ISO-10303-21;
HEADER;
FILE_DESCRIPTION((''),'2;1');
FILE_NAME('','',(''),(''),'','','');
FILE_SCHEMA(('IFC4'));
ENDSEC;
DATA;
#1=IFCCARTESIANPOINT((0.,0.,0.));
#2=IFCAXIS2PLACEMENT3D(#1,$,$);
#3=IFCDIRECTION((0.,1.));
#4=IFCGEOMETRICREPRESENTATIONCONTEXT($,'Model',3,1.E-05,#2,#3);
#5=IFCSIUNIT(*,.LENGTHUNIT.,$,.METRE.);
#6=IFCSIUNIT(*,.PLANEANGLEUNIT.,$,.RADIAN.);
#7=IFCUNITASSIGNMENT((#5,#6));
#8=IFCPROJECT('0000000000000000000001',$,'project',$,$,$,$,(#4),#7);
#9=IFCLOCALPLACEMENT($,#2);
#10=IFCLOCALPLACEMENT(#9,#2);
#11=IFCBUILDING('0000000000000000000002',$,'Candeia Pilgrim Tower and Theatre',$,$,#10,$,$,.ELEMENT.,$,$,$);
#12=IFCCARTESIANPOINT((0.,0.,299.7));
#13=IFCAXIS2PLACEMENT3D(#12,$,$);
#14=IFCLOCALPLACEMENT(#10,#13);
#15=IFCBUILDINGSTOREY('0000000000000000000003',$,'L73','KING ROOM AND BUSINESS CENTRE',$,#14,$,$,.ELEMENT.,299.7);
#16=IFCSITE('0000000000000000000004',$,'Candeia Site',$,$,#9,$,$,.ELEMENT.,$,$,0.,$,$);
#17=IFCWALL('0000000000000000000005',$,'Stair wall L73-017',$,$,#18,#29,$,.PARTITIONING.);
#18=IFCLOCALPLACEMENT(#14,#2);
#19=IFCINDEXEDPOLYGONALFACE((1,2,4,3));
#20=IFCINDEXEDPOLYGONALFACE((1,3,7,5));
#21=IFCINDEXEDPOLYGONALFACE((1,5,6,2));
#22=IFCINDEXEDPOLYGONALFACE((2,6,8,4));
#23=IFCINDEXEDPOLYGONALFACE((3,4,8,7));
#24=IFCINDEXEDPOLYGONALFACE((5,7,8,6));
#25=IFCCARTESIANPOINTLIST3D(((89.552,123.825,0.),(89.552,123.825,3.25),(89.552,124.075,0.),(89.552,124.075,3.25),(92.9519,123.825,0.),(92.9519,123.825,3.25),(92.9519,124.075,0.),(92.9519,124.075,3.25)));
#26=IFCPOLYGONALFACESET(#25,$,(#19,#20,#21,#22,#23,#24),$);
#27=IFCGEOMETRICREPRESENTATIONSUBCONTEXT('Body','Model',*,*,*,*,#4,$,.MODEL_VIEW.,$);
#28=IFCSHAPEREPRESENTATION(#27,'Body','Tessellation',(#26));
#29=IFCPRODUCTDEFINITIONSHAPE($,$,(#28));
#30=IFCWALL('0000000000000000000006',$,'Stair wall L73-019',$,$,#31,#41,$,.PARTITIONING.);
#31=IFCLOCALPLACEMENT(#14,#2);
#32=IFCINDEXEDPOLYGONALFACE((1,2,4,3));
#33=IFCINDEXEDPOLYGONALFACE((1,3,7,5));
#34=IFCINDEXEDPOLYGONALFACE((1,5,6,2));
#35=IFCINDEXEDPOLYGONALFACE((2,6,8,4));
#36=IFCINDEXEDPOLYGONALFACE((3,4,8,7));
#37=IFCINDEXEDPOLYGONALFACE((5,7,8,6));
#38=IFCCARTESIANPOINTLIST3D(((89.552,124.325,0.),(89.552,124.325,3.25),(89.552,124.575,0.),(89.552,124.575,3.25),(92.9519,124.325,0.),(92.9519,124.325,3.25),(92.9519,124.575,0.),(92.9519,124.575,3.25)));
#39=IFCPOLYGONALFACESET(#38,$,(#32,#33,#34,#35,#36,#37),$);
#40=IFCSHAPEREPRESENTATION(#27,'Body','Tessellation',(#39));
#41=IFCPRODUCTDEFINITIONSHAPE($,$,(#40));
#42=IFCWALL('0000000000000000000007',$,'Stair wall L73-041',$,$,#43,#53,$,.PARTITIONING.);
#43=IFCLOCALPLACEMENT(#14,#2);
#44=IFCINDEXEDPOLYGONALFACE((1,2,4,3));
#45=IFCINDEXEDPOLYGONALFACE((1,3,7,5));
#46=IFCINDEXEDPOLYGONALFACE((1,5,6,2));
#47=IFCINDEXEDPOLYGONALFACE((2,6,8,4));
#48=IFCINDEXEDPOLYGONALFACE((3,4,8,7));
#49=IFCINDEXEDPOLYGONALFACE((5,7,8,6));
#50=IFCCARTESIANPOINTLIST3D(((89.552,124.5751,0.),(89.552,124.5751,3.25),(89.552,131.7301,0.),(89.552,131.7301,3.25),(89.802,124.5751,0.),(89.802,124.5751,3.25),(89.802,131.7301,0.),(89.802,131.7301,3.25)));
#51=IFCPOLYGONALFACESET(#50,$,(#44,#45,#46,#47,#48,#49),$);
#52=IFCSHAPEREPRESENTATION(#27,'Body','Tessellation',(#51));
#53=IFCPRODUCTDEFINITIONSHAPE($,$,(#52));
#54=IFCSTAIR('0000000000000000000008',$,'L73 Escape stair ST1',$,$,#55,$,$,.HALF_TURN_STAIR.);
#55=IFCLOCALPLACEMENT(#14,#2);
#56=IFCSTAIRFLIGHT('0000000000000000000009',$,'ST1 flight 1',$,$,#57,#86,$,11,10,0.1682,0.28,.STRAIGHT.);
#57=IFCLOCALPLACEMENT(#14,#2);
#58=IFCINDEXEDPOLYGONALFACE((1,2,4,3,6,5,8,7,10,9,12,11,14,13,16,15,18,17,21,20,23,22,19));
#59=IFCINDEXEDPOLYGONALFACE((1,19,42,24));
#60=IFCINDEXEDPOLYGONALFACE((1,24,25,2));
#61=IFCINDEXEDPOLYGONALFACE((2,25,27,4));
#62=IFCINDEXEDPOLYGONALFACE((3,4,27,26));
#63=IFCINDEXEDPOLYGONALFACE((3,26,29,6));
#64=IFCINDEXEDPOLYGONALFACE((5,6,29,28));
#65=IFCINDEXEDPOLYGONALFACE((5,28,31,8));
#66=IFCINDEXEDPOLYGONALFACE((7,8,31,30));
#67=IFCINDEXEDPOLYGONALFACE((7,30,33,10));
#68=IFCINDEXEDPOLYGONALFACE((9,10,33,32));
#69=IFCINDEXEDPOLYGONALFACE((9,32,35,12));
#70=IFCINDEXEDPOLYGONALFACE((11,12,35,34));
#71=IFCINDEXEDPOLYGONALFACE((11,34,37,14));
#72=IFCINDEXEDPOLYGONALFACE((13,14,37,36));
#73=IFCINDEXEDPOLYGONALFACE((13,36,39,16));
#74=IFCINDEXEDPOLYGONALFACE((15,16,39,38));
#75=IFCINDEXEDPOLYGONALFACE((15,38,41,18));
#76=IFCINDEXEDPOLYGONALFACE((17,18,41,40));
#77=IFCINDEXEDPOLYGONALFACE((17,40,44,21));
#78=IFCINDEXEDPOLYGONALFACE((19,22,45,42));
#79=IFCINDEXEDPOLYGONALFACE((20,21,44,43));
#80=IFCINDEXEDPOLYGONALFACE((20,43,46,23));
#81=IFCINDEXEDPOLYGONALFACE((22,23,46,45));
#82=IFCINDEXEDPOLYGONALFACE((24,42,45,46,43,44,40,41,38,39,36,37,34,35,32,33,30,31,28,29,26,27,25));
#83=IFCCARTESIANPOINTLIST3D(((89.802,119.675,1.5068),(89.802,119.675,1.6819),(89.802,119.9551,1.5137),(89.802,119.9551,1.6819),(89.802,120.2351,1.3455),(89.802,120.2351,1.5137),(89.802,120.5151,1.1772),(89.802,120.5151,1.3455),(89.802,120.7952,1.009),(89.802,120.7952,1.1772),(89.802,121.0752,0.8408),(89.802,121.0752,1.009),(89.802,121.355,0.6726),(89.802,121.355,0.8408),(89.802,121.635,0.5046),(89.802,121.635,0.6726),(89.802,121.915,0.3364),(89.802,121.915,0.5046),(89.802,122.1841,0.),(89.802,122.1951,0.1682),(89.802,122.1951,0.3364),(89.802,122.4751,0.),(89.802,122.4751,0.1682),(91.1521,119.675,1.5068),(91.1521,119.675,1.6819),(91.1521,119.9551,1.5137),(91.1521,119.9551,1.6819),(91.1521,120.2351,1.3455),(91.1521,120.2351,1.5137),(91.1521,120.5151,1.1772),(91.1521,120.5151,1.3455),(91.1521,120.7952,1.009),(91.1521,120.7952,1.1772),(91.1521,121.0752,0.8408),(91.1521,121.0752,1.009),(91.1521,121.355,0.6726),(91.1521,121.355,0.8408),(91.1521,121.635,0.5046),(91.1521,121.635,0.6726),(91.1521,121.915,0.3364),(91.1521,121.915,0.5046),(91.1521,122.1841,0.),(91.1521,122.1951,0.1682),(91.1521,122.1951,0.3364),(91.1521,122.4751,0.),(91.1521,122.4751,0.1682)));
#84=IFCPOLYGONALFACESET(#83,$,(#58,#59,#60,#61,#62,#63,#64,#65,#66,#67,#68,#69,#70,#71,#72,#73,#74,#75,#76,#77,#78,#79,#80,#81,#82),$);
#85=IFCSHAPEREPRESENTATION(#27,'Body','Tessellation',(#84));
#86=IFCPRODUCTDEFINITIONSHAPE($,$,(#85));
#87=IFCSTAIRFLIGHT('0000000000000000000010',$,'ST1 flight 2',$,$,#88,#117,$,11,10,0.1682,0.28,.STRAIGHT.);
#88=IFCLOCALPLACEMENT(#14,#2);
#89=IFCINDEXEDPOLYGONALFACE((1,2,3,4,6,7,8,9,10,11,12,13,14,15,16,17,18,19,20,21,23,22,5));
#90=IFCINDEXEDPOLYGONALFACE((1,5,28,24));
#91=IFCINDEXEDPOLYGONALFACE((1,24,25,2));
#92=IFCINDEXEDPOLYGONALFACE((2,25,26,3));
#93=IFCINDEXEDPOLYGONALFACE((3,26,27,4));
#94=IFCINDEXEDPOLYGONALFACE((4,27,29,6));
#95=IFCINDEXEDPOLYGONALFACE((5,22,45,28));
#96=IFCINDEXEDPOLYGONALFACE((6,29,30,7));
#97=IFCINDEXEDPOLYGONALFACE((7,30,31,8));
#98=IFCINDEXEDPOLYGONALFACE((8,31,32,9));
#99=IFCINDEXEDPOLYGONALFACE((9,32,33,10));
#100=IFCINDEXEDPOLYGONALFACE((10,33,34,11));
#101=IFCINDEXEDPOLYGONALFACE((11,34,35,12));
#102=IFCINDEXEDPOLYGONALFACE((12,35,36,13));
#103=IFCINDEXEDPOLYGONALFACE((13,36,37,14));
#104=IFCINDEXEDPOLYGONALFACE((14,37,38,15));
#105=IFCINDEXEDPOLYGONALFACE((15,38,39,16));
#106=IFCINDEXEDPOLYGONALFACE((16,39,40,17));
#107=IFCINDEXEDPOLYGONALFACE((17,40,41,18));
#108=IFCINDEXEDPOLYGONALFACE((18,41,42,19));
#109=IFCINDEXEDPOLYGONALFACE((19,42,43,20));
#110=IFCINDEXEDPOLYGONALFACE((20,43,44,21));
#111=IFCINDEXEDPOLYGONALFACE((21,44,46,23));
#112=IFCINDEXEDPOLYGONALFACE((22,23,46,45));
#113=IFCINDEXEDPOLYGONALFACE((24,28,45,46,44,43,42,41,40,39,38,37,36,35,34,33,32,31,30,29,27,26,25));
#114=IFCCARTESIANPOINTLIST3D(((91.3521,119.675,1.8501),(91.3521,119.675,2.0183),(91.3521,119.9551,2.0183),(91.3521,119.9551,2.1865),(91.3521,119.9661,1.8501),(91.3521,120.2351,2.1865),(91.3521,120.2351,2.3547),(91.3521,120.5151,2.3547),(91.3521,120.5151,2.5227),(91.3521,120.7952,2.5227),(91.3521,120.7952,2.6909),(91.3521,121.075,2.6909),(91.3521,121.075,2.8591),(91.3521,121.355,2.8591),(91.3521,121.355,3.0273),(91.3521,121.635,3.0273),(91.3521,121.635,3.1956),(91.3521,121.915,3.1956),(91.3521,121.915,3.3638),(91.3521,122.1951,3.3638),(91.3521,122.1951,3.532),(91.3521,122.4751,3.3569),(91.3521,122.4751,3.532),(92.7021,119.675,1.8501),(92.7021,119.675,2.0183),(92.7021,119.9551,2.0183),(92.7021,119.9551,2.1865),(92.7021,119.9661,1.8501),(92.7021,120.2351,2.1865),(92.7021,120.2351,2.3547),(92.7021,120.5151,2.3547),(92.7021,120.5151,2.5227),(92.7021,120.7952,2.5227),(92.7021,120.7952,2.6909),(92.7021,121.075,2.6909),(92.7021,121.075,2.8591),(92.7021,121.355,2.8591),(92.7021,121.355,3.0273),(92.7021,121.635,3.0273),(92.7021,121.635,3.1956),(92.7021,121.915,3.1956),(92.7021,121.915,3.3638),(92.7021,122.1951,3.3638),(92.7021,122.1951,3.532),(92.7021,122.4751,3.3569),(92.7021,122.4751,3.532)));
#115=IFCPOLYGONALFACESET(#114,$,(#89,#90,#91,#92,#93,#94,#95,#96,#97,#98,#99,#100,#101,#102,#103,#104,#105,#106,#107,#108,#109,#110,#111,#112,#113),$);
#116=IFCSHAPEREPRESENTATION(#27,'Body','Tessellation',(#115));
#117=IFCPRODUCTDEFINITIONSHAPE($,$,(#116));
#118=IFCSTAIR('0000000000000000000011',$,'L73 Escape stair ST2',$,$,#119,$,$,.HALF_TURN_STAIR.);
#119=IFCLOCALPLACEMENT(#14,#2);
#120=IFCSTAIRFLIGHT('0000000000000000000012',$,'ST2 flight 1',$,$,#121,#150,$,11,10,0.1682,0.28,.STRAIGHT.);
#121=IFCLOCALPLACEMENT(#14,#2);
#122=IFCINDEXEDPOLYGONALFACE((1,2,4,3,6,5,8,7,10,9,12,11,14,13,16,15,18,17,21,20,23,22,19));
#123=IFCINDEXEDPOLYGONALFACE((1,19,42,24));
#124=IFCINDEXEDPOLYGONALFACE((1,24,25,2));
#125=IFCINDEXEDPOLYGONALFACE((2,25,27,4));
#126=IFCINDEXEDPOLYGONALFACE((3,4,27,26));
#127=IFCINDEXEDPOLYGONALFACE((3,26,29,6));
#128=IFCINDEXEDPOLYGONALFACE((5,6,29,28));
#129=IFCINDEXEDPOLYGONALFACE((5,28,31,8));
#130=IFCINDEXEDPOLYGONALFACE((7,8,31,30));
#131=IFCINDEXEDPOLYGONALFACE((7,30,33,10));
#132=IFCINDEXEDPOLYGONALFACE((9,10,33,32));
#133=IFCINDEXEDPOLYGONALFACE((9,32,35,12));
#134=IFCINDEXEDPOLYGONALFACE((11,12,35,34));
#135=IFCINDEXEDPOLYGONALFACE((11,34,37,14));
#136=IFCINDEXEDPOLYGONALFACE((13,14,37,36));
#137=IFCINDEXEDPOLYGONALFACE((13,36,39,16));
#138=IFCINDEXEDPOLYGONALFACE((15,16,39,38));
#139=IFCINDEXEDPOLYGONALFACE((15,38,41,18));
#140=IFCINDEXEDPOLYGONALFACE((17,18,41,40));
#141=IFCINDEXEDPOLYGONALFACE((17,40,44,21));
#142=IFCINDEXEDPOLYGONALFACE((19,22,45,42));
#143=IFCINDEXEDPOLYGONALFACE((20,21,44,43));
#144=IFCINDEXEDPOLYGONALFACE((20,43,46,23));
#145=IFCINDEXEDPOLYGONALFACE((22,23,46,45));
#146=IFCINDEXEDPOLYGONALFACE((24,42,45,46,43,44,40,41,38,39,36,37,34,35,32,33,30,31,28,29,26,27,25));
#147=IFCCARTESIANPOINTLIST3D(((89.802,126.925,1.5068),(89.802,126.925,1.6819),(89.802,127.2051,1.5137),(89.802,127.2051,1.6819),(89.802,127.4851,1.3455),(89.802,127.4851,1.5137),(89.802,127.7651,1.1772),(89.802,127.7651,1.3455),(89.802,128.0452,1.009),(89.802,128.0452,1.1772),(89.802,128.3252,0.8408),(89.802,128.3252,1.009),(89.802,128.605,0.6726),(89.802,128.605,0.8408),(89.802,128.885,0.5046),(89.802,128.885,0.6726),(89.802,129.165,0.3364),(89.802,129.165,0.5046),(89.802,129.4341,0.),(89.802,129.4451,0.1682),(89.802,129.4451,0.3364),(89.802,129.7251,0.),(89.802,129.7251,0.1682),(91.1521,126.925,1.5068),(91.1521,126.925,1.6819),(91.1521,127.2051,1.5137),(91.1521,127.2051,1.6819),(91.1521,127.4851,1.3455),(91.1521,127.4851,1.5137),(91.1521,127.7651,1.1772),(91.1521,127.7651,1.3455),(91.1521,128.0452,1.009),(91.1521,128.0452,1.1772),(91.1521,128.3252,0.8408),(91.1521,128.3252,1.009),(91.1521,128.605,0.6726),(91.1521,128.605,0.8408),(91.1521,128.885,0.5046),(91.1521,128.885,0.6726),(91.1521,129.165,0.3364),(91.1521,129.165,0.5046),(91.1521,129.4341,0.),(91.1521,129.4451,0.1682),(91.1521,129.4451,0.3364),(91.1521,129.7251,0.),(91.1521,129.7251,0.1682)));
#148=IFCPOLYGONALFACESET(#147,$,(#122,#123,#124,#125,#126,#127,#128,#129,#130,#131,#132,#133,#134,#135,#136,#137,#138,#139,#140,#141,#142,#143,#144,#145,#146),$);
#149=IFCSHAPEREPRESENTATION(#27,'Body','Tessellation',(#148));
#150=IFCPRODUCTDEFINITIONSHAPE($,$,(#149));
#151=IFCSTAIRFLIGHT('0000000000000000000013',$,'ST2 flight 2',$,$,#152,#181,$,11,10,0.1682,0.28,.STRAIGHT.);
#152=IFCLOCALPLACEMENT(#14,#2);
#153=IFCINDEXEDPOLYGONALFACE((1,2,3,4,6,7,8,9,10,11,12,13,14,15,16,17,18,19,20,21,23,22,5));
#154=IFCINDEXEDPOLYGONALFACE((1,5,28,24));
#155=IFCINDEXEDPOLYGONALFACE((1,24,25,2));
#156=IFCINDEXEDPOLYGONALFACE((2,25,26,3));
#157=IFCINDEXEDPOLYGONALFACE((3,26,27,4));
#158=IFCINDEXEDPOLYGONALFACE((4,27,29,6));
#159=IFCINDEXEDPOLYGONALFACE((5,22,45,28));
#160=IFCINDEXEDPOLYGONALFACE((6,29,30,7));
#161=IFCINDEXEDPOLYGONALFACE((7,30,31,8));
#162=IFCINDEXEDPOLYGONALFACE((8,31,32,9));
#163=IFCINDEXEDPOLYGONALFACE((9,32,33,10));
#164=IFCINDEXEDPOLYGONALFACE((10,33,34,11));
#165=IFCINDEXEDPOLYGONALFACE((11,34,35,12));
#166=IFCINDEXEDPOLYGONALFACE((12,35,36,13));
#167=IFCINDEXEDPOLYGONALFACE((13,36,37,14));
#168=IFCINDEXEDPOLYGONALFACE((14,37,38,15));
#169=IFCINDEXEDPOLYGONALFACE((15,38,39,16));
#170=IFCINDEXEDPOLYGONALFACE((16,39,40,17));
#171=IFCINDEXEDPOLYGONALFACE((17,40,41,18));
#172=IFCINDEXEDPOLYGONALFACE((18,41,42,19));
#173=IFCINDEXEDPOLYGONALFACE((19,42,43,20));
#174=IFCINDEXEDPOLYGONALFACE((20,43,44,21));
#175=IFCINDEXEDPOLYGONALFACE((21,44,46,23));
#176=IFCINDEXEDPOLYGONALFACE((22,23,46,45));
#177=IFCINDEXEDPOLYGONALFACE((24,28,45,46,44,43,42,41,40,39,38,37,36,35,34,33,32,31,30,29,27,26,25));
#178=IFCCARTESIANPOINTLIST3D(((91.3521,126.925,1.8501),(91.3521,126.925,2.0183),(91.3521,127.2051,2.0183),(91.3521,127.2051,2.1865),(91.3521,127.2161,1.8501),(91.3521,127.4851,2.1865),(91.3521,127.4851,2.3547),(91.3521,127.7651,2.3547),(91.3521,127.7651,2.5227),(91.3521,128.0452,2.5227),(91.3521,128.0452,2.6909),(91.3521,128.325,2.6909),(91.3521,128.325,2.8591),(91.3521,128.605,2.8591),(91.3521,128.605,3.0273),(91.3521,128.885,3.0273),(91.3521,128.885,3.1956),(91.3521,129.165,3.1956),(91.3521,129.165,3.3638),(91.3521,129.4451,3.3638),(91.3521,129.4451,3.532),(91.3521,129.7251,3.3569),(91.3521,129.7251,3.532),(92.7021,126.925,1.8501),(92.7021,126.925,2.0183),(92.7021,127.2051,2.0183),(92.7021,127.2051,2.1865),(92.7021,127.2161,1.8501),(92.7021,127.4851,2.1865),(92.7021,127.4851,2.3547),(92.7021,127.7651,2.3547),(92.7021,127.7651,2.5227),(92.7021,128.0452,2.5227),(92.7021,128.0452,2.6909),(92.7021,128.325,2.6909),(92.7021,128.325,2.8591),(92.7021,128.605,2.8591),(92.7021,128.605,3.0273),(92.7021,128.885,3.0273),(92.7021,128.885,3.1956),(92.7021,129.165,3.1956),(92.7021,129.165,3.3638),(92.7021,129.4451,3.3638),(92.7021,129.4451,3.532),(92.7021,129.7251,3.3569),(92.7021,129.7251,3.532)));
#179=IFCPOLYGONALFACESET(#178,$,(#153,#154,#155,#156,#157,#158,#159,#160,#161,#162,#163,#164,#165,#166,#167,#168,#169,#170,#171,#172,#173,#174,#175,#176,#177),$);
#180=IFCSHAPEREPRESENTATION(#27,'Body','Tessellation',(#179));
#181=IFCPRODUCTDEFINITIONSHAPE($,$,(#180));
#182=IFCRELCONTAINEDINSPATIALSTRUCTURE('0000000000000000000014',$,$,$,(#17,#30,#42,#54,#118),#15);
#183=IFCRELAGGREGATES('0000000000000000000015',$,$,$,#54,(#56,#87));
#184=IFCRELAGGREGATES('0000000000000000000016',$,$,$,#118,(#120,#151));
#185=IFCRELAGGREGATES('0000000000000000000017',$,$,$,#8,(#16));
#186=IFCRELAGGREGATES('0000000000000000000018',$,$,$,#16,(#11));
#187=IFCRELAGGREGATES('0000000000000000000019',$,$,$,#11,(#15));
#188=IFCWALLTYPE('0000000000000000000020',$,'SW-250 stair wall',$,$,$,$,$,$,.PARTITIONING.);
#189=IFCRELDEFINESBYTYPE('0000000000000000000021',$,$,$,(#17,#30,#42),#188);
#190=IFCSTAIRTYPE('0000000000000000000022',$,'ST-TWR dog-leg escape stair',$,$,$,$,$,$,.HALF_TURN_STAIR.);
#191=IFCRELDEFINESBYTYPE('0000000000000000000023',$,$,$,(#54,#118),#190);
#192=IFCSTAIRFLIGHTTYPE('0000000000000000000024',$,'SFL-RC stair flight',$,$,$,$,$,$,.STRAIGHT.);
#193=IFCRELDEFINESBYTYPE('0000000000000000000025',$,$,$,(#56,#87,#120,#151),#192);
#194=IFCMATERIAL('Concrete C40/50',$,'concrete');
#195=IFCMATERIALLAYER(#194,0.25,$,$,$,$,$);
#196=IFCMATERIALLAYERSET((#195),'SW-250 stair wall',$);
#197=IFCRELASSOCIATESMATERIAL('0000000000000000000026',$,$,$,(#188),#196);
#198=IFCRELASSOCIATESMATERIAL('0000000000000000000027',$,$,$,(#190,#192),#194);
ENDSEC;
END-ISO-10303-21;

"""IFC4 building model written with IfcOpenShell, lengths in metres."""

from ifc_helpers import new_model, si_unit, direction, frame, frame_2d, origin, place, context, subcontext, project, spatial, polyline, rectangle, outline, extrude, material, layer, layer_set, type_object, element, aggregate, save


model = new_model("IFC4")

# Units and contexts
model_context = context("Model", 3, precision=1e-05, world=origin(), true_north=direction((0.0, 1.0)))
body_context = subcontext(model_context, "Body", "Model", "MODEL_VIEW")
ifc_project = project(units=[si_unit("LENGTHUNIT", "METRE"), si_unit("PLANEANGLEUNIT", "RADIAN")], contexts=[model_context])

# Site, building, storey
site_placement = place(None, origin())
site = spatial("IfcSite", under=ifc_project, at=site_placement, Name="Candeia Site", CompositionType="ELEMENT", RefElevation=0.0)
building_placement = place(site_placement, origin())
building = spatial("IfcBuilding", under=site, at=building_placement, Name="Candeia Pilgrim Tower and Theatre", CompositionType="ELEMENT")
storey_placement = place(building_placement, frame((0.0, 0.0, 299.7)))
storey = spatial("IfcBuildingStorey", under=building, at=storey_placement, Name="L73", Description="KING ROOM AND BUSINESS CENTRE", CompositionType="ELEMENT", Elevation=299.7)

# Walls
ifc_material_1 = material(Name="Concrete C40/50", Category="concrete")
ifc_layer = layer(ifc_material_1, 0.25)
ifc_layer_set = layer_set([ifc_layer], Name="SW-250 stair wall")
wall_type = type_object("IfcWallType", Name="SW-250 stair wall", PredefinedType="PARTITIONING", material=ifc_layer_set)
for number, where, z_axis, x_axis, name in (
    (1, (89.552, 123.95, 0.0), (0.0, 0.0, 1.0), (1.0, 0.0, 0.0), "Stair wall L73-017"),
    (2, (89.552, 124.45, 0.0), (0.0, 0.0, 1.0), (1.0, 0.0, 0.0), "Stair wall L73-019"),
):
    element("IfcWall", number, at=place(storey_placement, frame(where, z_axis=z_axis, x_axis=x_axis)), inside=storey, type_object=wall_type, Name=name, PredefinedType="PARTITIONING", context=body_context, shape_type="SweptSolid", body=[
        extrude(rectangle(XDim=3.3999, YDim=0.25, at=frame_2d((1.7, 0.0))), origin(), (0.0, 0.0, 1.0), 3.25),
    ])
wall_placement = place(storey_placement, frame((89.677, 124.575, 0.0), z_axis=(0.0, 0.0, 1.0), x_axis=(0.0, 1.0, 0.0)))
element("IfcWall", 3, at=wall_placement, inside=storey, type_object=wall_type, Name="Stair wall L73-041", PredefinedType="PARTITIONING", context=body_context, shape_type="SweptSolid", body=[
    extrude(rectangle(XDim=7.155, YDim=0.25, at=frame_2d((3.5776, 0.0))), origin(), (0.0, 0.0, 1.0), 3.25),
])

# Stairs, stair flights
stair_type = type_object("IfcStairType", Name="ST-TWR dog-leg escape stair", PredefinedType="HALF_TURN_STAIR", material=ifc_material_1)
stair_1_placement = place(storey_placement, origin())
stair_1 = element("IfcStair", 4, at=stair_1_placement, inside=storey, type_object=stair_type, Name="L73 Escape stair ST1", PredefinedType="HALF_TURN_STAIR")
stair_flight_type = type_object("IfcStairFlightType", Name="SFL-RC stair flight", PredefinedType="STRAIGHT", material=ifc_material_1)
stair_flight_1_placement = place(storey_placement, frame((90.4771, 122.4751, 0.0), z_axis=(0.0, 0.0, 1.0), x_axis=(0.0, -1.0, 0.0)))
stair_flight_1 = element("IfcStairFlight", 5, at=stair_flight_1_placement, type_object=stair_flight_type, Name="ST1 flight 1", NumberOfRisers=11, NumberOfTreads=10, PredefinedType="STRAIGHT", RiserHeight=0.1682, TreadLength=0.28, context=body_context, shape_type="SweptSolid", body=[
    extrude(outline(polyline([(0.0, 0.0), (0.0, 0.1682), (0.28, 0.1682), (0.28, 0.3364), (0.5601, 0.3364), (0.5601, 0.5046), (0.8401, 0.5046), (0.8401, 0.6726), (1.1201, 0.6726), (1.1201, 0.8408), (1.3999, 0.8408), (1.3999, 1.009), (1.6799, 1.009), (1.6799, 1.1772), (1.96, 1.1772), (1.96, 1.3455), (2.24, 1.3455), (2.24, 1.5137), (2.52, 1.5137), (2.52, 1.6819), (2.8, 1.6819), (2.8, 1.8501), (2.8, 1.5068), (0.291, 0.0), (0.0, 0.0)])), frame((0.0, 0.675, 0.0), z_axis=(0.0, -1.0, 0.0), x_axis=(1.0, 0.0, 0.0)), (0.0, 0.0, 1.0), 1.3501),
])
stair_flight_2_placement = place(storey_placement, frame((92.0271, 119.675, 1.8501), z_axis=(0.0, 0.0, 1.0), x_axis=(0.0, 1.0, 0.0)))
stair_flight_2 = element("IfcStairFlight", 6, at=stair_flight_2_placement, type_object=stair_flight_type, Name="ST1 flight 2", NumberOfRisers=11, NumberOfTreads=10, PredefinedType="STRAIGHT", RiserHeight=0.1682, TreadLength=0.28, context=body_context, shape_type="SweptSolid", body=[
    extrude(outline(polyline([(0.0, 0.0), (0.0, 0.1682), (0.28, 0.1682), (0.28, 0.3364), (0.5601, 0.3364), (0.5601, 0.5046), (0.8401, 0.5046), (0.8401, 0.6726), (1.1201, 0.6726), (1.1201, 0.8408), (1.3999, 0.8408), (1.3999, 1.009), (1.6799, 1.009), (1.6799, 1.1772), (1.96, 1.1772), (1.96, 1.3455), (2.24, 1.3455), (2.24, 1.5137), (2.52, 1.5137), (2.52, 1.6819), (2.8, 1.6819), (2.8, 1.8501), (2.8, 1.5068), (0.291, 0.0), (0.0, 0.0)])), frame((0.0, 0.675, 0.0), z_axis=(0.0, -1.0, 0.0), x_axis=(1.0, 0.0, 0.0)), (0.0, 0.0, 1.0), 1.3501),
])
aggregate(stair_1, [stair_flight_1, stair_flight_2])
stair_2_placement = place(storey_placement, origin())
stair_2 = element("IfcStair", 7, at=stair_2_placement, inside=storey, type_object=stair_type, Name="L73 Escape stair ST2", PredefinedType="HALF_TURN_STAIR")
stair_flight_3_placement = place(storey_placement, frame((90.4771, 129.7251, 0.0), z_axis=(0.0, 0.0, 1.0), x_axis=(0.0, -1.0, 0.0)))
stair_flight_3 = element("IfcStairFlight", 8, at=stair_flight_3_placement, type_object=stair_flight_type, Name="ST2 flight 1", NumberOfRisers=11, NumberOfTreads=10, PredefinedType="STRAIGHT", RiserHeight=0.1682, TreadLength=0.28, context=body_context, shape_type="SweptSolid", body=[
    extrude(outline(polyline([(0.0, 0.0), (0.0, 0.1682), (0.28, 0.1682), (0.28, 0.3364), (0.5601, 0.3364), (0.5601, 0.5046), (0.8401, 0.5046), (0.8401, 0.6726), (1.1201, 0.6726), (1.1201, 0.8408), (1.3999, 0.8408), (1.3999, 1.009), (1.6799, 1.009), (1.6799, 1.1772), (1.96, 1.1772), (1.96, 1.3455), (2.24, 1.3455), (2.24, 1.5137), (2.52, 1.5137), (2.52, 1.6819), (2.8, 1.6819), (2.8, 1.8501), (2.8, 1.5068), (0.291, 0.0), (0.0, 0.0)])), frame((0.0, 0.675, 0.0), z_axis=(0.0, -1.0, 0.0), x_axis=(1.0, 0.0, 0.0)), (0.0, 0.0, 1.0), 1.3501),
])
stair_flight_4_placement = place(storey_placement, frame((92.0271, 126.925, 1.8501), z_axis=(0.0, 0.0, 1.0), x_axis=(0.0, 1.0, 0.0)))
stair_flight_4 = element("IfcStairFlight", 9, at=stair_flight_4_placement, type_object=stair_flight_type, Name="ST2 flight 2", NumberOfRisers=11, NumberOfTreads=10, PredefinedType="STRAIGHT", RiserHeight=0.1682, TreadLength=0.28, context=body_context, shape_type="SweptSolid", body=[
    extrude(outline(polyline([(0.0, 0.0), (0.0, 0.1682), (0.28, 0.1682), (0.28, 0.3364), (0.5601, 0.3364), (0.5601, 0.5046), (0.8401, 0.5046), (0.8401, 0.6726), (1.1201, 0.6726), (1.1201, 0.8408), (1.3999, 0.8408), (1.3999, 1.009), (1.6799, 1.009), (1.6799, 1.1772), (1.96, 1.1772), (1.96, 1.3455), (2.24, 1.3455), (2.24, 1.5137), (2.52, 1.5137), (2.52, 1.6819), (2.8, 1.6819), (2.8, 1.8501), (2.8, 1.5068), (0.291, 0.0), (0.0, 0.0)])), frame((0.0, 0.675, 0.0), z_axis=(0.0, -1.0, 0.0), x_axis=(1.0, 0.0, 0.0)), (0.0, 0.0, 1.0), 1.3501),
])
aggregate(stair_2, [stair_flight_3, stair_flight_4])

save(model, "model.ifc")
